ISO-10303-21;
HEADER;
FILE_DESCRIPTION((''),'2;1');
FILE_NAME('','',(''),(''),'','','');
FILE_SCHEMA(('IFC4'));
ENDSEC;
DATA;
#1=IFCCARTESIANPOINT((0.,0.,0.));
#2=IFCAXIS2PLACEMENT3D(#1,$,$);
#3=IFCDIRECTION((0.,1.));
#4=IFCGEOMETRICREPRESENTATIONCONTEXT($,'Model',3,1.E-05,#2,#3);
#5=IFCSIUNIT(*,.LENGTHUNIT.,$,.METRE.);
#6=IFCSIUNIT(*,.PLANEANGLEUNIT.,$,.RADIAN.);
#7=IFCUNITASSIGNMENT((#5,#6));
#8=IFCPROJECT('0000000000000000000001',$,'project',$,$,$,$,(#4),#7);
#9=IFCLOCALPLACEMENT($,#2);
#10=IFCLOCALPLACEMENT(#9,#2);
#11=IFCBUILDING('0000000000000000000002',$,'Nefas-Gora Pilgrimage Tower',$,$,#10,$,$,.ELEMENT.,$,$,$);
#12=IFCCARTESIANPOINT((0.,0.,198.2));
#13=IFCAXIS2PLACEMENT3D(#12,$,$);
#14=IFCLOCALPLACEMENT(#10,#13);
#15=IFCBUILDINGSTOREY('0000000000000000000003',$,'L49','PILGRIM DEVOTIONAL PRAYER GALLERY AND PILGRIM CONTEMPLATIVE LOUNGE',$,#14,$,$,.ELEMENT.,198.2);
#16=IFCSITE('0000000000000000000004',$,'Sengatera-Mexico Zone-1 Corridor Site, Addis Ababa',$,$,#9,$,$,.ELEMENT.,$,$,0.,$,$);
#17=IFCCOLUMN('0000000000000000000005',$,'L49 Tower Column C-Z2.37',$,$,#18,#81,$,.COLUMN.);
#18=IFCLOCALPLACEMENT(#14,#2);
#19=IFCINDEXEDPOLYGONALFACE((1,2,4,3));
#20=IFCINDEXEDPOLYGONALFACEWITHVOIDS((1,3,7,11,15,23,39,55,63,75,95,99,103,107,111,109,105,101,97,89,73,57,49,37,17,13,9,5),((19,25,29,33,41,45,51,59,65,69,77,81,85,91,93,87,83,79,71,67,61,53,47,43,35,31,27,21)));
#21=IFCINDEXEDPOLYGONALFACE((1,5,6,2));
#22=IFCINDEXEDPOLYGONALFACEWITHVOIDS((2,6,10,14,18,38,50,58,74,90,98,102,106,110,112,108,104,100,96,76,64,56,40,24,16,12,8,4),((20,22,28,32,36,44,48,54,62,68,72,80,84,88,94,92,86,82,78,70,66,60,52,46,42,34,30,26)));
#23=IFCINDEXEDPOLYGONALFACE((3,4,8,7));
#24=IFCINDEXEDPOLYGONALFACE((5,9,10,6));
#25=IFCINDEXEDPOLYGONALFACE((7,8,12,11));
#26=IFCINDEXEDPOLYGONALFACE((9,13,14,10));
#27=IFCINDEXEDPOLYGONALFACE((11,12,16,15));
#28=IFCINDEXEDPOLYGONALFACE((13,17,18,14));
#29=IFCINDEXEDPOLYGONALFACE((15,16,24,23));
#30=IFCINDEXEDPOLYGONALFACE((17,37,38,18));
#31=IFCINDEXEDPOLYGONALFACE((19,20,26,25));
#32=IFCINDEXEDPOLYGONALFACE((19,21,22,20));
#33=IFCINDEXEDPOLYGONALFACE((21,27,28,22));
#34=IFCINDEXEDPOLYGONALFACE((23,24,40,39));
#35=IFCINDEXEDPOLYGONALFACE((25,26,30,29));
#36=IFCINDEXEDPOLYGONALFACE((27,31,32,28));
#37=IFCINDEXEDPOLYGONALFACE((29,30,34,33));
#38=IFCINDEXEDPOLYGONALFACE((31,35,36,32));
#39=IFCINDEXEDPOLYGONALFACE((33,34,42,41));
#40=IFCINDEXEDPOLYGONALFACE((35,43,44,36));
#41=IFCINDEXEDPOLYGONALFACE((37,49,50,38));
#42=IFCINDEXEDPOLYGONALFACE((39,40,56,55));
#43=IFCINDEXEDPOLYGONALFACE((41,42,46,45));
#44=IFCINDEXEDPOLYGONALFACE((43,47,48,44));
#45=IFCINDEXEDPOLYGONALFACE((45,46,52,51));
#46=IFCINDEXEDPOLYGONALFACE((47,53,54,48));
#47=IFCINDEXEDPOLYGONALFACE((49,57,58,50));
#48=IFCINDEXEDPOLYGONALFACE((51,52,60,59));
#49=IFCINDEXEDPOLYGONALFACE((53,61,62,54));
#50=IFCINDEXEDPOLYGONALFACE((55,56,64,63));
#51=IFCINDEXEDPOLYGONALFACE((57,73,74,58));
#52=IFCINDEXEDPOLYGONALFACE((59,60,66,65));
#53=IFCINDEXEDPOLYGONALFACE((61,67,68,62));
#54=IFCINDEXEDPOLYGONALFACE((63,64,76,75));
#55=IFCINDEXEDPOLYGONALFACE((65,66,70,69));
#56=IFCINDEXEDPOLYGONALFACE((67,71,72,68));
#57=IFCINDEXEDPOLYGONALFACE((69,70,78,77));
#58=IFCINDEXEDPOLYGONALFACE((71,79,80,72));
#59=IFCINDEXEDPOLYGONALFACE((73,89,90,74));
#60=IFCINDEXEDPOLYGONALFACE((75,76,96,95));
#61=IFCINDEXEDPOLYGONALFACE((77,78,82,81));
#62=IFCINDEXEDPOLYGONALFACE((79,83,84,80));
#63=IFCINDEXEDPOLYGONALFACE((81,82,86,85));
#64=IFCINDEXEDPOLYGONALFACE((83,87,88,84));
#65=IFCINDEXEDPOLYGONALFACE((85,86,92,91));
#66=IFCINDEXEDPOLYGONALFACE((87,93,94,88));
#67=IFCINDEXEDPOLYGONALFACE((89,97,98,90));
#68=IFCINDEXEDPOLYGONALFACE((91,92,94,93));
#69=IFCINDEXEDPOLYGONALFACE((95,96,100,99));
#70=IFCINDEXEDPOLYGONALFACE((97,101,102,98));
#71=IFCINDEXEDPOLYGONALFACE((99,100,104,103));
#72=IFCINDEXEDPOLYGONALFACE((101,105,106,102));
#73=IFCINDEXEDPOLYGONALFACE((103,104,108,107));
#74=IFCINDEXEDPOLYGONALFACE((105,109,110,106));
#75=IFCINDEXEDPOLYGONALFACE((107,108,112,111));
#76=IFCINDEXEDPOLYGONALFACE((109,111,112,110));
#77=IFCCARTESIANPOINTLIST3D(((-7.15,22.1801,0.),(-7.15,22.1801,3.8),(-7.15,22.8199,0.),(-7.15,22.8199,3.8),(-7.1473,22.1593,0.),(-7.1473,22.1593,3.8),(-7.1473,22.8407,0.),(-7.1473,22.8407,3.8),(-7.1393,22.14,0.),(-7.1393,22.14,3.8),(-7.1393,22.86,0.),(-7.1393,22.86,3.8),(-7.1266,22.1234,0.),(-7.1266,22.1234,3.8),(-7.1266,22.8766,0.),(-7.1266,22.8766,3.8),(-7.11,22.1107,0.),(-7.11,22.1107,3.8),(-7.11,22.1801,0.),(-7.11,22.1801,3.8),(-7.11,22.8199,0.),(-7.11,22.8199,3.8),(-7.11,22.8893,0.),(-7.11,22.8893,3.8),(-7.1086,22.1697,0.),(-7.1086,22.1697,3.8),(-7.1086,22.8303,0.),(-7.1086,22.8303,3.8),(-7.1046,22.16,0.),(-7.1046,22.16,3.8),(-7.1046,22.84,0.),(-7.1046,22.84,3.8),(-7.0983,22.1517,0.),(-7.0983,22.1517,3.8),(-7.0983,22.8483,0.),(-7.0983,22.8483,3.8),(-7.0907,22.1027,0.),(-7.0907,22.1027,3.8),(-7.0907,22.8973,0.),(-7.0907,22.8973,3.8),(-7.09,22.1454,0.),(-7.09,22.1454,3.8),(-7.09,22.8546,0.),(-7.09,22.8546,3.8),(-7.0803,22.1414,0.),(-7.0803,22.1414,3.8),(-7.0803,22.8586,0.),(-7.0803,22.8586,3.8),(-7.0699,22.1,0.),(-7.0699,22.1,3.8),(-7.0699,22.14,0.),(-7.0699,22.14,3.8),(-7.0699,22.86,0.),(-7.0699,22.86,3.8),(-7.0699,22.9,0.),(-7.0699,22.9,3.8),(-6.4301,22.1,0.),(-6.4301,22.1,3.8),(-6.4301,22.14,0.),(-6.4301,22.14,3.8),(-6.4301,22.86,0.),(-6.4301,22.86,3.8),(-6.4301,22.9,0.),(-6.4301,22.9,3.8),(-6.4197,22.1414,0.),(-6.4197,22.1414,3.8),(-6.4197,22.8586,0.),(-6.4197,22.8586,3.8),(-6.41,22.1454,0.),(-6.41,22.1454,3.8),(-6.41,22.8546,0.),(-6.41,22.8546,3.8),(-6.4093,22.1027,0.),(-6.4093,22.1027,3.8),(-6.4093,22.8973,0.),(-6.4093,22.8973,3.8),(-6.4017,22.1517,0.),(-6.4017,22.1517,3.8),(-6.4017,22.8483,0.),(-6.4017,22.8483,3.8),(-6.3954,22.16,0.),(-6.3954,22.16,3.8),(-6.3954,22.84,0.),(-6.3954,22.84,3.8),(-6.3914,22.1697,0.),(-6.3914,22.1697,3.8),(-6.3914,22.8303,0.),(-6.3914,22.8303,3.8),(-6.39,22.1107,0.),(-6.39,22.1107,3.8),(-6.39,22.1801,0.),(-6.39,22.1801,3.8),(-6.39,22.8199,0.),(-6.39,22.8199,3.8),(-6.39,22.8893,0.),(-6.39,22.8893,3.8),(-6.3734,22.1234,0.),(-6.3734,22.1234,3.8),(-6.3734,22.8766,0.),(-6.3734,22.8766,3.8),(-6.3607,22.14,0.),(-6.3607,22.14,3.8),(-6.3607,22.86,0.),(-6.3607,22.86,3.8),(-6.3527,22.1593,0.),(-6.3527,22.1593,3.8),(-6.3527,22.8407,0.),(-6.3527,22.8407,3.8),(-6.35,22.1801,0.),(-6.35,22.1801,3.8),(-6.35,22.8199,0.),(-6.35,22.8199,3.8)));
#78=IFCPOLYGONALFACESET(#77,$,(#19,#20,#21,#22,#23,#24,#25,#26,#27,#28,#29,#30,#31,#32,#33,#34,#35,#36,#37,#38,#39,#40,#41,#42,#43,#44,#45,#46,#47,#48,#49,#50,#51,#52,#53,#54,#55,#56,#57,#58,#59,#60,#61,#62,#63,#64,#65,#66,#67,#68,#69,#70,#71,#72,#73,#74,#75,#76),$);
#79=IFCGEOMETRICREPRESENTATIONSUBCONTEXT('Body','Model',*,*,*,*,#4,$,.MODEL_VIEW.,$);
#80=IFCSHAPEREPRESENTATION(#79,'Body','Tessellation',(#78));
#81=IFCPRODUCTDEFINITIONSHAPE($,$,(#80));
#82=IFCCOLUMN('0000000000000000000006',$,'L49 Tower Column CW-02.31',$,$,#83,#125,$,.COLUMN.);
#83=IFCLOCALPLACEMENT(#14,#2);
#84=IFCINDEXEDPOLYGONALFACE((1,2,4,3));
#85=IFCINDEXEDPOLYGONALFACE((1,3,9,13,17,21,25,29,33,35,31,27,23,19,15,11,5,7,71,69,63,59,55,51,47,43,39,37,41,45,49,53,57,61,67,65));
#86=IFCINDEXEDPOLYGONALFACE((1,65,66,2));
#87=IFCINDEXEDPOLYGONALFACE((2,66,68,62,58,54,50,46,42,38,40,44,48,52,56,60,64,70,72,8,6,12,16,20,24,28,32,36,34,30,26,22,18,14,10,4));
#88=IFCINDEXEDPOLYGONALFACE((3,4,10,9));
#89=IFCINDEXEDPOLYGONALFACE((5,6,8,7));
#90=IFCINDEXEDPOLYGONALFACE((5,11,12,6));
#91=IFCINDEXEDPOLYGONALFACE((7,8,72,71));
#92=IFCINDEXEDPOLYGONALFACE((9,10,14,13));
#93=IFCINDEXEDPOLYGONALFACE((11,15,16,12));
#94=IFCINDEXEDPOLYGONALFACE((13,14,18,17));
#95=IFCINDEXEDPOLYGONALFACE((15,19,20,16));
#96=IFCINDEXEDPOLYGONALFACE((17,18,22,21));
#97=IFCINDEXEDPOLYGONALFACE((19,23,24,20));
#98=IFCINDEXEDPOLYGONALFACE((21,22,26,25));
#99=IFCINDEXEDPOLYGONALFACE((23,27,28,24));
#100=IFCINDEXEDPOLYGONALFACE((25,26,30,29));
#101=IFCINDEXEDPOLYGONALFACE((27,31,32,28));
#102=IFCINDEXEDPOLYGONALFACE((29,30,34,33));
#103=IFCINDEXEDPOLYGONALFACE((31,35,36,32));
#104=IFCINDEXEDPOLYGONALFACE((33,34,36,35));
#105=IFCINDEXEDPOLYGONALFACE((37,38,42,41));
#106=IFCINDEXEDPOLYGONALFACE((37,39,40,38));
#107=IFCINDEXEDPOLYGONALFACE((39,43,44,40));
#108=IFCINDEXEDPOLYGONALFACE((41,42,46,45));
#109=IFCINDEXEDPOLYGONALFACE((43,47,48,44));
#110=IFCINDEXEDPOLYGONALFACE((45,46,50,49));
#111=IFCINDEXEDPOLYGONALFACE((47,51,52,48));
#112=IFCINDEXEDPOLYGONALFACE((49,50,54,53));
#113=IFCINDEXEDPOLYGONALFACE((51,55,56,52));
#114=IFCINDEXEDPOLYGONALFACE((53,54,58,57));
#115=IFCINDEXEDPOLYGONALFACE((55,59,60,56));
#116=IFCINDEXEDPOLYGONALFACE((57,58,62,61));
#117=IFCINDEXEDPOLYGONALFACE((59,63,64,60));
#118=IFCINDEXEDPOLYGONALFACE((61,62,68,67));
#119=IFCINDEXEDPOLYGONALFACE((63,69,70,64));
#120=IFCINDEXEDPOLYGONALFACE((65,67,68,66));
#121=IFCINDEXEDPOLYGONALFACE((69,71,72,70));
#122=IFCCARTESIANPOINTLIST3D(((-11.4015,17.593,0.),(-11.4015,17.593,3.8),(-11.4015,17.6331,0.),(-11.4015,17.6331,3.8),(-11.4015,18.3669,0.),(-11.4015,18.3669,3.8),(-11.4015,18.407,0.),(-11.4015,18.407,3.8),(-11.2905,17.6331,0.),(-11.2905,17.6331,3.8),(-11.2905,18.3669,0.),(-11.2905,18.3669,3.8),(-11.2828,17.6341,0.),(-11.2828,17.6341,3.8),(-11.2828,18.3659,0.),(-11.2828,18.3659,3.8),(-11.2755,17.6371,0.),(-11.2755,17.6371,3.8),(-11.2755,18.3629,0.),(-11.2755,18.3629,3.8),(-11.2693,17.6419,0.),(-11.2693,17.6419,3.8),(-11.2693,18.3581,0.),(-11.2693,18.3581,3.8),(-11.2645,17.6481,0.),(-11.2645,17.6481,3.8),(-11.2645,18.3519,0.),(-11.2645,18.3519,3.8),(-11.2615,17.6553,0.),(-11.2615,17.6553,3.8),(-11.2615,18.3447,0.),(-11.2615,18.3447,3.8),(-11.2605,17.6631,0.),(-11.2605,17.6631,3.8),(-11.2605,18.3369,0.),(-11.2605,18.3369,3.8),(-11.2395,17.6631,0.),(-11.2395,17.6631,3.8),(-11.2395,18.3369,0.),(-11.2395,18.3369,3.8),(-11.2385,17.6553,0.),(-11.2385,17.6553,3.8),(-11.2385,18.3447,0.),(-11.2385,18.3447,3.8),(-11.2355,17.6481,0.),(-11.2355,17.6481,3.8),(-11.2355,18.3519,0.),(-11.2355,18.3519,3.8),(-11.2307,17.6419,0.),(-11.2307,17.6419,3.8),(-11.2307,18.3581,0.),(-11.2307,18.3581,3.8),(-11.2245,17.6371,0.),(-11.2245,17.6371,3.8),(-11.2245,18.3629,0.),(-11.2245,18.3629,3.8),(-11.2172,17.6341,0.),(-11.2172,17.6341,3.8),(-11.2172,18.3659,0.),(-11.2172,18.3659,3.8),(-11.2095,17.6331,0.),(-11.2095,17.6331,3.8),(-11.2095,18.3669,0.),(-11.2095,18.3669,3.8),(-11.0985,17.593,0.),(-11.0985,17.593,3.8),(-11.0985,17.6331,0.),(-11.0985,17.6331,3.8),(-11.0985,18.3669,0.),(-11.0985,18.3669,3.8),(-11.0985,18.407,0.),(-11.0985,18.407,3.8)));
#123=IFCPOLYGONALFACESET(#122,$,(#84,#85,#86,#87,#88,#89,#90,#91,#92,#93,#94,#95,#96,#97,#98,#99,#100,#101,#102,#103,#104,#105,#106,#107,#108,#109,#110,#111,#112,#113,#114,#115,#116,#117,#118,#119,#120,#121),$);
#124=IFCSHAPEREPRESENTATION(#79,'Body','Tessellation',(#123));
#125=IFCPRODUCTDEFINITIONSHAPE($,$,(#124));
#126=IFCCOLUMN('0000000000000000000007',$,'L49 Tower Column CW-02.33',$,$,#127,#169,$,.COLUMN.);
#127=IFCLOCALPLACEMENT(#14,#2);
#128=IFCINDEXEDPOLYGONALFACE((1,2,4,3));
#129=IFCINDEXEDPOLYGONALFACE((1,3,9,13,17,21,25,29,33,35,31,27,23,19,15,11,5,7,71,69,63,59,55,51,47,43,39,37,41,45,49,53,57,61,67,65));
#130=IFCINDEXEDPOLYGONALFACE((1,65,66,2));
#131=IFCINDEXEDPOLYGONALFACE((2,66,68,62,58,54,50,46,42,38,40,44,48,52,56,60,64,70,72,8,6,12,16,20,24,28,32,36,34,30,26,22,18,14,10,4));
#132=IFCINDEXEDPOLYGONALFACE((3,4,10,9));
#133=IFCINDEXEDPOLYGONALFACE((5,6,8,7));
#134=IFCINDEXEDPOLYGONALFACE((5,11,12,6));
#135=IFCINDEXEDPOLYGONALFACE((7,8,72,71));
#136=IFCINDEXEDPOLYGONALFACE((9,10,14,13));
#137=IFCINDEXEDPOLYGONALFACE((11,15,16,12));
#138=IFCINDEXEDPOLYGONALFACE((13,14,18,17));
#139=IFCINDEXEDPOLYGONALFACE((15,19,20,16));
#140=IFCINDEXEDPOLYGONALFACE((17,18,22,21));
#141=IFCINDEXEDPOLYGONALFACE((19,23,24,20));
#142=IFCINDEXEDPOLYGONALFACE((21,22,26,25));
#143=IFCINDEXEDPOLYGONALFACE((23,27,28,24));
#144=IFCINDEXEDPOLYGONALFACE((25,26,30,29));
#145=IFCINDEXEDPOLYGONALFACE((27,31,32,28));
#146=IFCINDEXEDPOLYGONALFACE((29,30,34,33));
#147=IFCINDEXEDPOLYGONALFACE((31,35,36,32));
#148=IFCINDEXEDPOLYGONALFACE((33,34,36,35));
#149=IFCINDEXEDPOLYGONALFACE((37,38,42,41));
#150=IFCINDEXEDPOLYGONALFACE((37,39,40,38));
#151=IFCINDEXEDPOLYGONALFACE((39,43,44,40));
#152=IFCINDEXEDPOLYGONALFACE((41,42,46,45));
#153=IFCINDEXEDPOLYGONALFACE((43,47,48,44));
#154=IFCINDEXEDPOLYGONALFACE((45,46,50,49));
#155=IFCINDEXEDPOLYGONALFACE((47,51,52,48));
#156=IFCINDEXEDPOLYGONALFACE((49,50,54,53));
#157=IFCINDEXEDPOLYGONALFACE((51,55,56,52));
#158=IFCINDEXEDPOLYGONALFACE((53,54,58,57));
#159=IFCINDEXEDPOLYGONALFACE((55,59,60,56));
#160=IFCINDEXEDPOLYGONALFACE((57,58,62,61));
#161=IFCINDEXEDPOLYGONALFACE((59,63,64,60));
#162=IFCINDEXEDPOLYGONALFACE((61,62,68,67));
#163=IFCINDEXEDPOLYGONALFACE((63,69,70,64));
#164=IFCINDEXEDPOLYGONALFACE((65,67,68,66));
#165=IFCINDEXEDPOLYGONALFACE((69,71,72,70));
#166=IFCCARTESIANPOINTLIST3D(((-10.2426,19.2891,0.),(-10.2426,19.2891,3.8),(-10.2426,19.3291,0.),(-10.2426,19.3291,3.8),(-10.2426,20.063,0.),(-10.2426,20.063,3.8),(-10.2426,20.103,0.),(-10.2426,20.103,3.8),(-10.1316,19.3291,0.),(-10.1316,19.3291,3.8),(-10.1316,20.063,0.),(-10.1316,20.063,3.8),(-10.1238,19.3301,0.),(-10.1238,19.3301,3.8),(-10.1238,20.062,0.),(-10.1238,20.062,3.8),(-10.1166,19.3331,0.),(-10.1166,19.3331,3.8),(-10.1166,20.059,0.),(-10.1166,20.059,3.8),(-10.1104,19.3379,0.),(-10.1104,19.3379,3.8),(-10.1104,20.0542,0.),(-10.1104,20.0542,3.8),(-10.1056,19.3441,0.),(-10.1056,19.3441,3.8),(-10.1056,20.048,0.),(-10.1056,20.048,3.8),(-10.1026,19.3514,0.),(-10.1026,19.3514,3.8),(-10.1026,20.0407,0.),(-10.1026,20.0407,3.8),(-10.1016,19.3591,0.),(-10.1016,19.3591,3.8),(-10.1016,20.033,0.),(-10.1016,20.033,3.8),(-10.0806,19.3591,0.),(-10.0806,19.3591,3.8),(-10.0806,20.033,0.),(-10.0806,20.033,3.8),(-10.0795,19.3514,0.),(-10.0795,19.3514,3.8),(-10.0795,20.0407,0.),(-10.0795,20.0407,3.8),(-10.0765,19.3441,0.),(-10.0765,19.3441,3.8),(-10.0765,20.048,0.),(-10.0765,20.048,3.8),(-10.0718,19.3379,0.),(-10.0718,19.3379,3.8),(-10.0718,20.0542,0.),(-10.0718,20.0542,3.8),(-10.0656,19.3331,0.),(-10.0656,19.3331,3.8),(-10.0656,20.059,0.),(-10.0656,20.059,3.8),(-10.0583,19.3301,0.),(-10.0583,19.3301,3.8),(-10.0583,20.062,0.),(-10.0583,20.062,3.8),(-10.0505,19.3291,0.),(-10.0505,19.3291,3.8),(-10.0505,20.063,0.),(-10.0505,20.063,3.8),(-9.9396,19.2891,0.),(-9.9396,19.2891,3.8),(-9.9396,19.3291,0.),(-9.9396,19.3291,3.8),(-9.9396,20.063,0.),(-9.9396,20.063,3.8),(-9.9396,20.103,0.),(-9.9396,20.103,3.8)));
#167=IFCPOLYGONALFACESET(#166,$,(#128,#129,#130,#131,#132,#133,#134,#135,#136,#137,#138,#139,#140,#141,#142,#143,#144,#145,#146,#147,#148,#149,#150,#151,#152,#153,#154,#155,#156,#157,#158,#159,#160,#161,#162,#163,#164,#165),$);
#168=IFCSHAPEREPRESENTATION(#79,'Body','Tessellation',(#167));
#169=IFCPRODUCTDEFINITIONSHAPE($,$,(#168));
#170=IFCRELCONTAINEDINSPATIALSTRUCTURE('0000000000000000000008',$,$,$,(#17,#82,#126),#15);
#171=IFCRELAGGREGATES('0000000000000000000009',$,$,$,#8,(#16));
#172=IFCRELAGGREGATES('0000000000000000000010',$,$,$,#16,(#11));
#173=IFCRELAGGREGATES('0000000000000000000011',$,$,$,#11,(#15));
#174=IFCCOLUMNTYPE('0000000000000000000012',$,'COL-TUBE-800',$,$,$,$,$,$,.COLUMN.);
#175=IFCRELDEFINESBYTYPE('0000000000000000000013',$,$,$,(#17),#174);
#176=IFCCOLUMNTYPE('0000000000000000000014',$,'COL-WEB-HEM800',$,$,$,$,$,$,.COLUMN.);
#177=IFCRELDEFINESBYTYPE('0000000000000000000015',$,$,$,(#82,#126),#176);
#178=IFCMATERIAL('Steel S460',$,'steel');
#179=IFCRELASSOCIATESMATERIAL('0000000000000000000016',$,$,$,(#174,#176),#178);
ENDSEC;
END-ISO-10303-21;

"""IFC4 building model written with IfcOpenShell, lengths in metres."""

from ifc_helpers import new_model, si_unit, direction, frame, origin, origin_2d, place, context, subcontext, project, spatial, hollow_rectangle, i_section, extrude, source, transform, mapped, material, material_profile, profile_set, type_object, element, save


model = new_model("IFC4")

# Units and contexts
model_context = context("Model", 3, precision=1e-05, world=origin(), true_north=direction((0.0, 1.0)))
body_context = subcontext(model_context, "Body", "Model", "MODEL_VIEW")
ifc_project = project(units=[si_unit("LENGTHUNIT", "METRE"), si_unit("PLANEANGLEUNIT", "RADIAN")], contexts=[model_context])

# Site, building, storey
site_placement = place(None, origin())
site = spatial("IfcSite", under=ifc_project, at=site_placement, Name="Sengatera-Mexico Zone-1 Corridor Site, Addis Ababa", CompositionType="ELEMENT", RefElevation=0.0)
building_placement = place(site_placement, origin())
building = spatial("IfcBuilding", under=site, at=building_placement, Name="Nefas-Gora Pilgrimage Tower", CompositionType="ELEMENT")
storey_placement = place(building_placement, frame((0.0, 0.0, 198.2)))
storey = spatial("IfcBuildingStorey", under=building, at=storey_placement, Name="L49", Description="PILGRIM DEVOTIONAL PRAYER GALLERY AND PILGRIM CONTEMPLATIVE LOUNGE", CompositionType="ELEMENT", Elevation=198.2)

# Columns
ifc_material_1 = material(Name="Steel S460", Category="steel")
ifc_material_profile_1 = material_profile(ifc_material_1, hollow_rectangle(XDim=0.8, YDim=0.8, WallThickness=0.04, InnerFilletRadius=0.04, OuterFilletRadius=0.0801, at=origin_2d()), Name="BOX 800x800x40")
ifc_profile_set_1 = profile_set([ifc_material_profile_1], Name="Steel S460")
column_type_1 = type_object("IfcColumnType", Name="COL-TUBE-800", PredefinedType="COLUMN", material=ifc_profile_set_1)
shared_shape_1 = source(origin(), body_context, "Body", "SweptSolid", [
    extrude(hollow_rectangle(XDim=0.8, YDim=0.8, WallThickness=0.04, InnerFilletRadius=0.04, OuterFilletRadius=0.0801, at=origin_2d()), origin(), (0.0, 0.0, 1.0), 3.8),
])
column_placement = place(storey_placement, frame((-6.75, 22.5, 0.0), z_axis=(0.0, 0.0, 1.0), x_axis=(1.0, 0.0, 0.0)))
element("IfcColumn", 1, at=column_placement, inside=storey, type_object=column_type_1, Name="L49 Tower Column C-Z2.37", PredefinedType="COLUMN", context=body_context, shape_type="MappedRepresentation", body=[
    mapped(shared_shape_1, transform((0.0, 0.0, 0.0), x_axis=(1.0, 0.0, 0.0), y_axis=(0.0, 1.0, 0.0), z_axis=(0.0, 0.0, 1.0), scale=1.0)),
])
ifc_material_profile_2 = material_profile(ifc_material_1, i_section(OverallWidth=0.303, OverallDepth=0.814, WebThickness=0.021, FlangeThickness=0.04, FilletRadius=0.03, at=origin_2d()), Name="HEM 800")
ifc_profile_set_2 = profile_set([ifc_material_profile_2], Name="Steel S460")
column_type_2 = type_object("IfcColumnType", Name="COL-WEB-HEM800", PredefinedType="COLUMN", material=ifc_profile_set_2)
shared_shape_2 = source(origin(), body_context, "Body", "SweptSolid", [
    extrude(i_section(OverallWidth=0.303, OverallDepth=0.814, WebThickness=0.021, FlangeThickness=0.04, FilletRadius=0.03, at=origin_2d()), origin(), (0.0, 0.0, 1.0), 3.8),
])
for number, where, z_axis, x_axis, name in (
    (2, (-11.25, 18.0, 0.0), (0.0, 0.0, 1.0), (1.0, 0.0, 0.0), "L49 Tower Column CW-02.31"),
    (3, (-10.0911, 19.696, 0.0), (0.0, 0.0, 1.0), (1.0, 0.0, 0.0), "L49 Tower Column CW-02.33"),
):
    element("IfcColumn", number, at=place(storey_placement, frame(where, z_axis=z_axis, x_axis=x_axis)), inside=storey, type_object=column_type_2, Name=name, PredefinedType="COLUMN", context=body_context, shape_type="MappedRepresentation", body=[
        mapped(shared_shape_2, transform((0.0, 0.0, 0.0), x_axis=(1.0, 0.0, 0.0), y_axis=(0.0, 1.0, 0.0), z_axis=(0.0, 0.0, 1.0), scale=1.0)),
    ])

save(model, "model.ifc")
